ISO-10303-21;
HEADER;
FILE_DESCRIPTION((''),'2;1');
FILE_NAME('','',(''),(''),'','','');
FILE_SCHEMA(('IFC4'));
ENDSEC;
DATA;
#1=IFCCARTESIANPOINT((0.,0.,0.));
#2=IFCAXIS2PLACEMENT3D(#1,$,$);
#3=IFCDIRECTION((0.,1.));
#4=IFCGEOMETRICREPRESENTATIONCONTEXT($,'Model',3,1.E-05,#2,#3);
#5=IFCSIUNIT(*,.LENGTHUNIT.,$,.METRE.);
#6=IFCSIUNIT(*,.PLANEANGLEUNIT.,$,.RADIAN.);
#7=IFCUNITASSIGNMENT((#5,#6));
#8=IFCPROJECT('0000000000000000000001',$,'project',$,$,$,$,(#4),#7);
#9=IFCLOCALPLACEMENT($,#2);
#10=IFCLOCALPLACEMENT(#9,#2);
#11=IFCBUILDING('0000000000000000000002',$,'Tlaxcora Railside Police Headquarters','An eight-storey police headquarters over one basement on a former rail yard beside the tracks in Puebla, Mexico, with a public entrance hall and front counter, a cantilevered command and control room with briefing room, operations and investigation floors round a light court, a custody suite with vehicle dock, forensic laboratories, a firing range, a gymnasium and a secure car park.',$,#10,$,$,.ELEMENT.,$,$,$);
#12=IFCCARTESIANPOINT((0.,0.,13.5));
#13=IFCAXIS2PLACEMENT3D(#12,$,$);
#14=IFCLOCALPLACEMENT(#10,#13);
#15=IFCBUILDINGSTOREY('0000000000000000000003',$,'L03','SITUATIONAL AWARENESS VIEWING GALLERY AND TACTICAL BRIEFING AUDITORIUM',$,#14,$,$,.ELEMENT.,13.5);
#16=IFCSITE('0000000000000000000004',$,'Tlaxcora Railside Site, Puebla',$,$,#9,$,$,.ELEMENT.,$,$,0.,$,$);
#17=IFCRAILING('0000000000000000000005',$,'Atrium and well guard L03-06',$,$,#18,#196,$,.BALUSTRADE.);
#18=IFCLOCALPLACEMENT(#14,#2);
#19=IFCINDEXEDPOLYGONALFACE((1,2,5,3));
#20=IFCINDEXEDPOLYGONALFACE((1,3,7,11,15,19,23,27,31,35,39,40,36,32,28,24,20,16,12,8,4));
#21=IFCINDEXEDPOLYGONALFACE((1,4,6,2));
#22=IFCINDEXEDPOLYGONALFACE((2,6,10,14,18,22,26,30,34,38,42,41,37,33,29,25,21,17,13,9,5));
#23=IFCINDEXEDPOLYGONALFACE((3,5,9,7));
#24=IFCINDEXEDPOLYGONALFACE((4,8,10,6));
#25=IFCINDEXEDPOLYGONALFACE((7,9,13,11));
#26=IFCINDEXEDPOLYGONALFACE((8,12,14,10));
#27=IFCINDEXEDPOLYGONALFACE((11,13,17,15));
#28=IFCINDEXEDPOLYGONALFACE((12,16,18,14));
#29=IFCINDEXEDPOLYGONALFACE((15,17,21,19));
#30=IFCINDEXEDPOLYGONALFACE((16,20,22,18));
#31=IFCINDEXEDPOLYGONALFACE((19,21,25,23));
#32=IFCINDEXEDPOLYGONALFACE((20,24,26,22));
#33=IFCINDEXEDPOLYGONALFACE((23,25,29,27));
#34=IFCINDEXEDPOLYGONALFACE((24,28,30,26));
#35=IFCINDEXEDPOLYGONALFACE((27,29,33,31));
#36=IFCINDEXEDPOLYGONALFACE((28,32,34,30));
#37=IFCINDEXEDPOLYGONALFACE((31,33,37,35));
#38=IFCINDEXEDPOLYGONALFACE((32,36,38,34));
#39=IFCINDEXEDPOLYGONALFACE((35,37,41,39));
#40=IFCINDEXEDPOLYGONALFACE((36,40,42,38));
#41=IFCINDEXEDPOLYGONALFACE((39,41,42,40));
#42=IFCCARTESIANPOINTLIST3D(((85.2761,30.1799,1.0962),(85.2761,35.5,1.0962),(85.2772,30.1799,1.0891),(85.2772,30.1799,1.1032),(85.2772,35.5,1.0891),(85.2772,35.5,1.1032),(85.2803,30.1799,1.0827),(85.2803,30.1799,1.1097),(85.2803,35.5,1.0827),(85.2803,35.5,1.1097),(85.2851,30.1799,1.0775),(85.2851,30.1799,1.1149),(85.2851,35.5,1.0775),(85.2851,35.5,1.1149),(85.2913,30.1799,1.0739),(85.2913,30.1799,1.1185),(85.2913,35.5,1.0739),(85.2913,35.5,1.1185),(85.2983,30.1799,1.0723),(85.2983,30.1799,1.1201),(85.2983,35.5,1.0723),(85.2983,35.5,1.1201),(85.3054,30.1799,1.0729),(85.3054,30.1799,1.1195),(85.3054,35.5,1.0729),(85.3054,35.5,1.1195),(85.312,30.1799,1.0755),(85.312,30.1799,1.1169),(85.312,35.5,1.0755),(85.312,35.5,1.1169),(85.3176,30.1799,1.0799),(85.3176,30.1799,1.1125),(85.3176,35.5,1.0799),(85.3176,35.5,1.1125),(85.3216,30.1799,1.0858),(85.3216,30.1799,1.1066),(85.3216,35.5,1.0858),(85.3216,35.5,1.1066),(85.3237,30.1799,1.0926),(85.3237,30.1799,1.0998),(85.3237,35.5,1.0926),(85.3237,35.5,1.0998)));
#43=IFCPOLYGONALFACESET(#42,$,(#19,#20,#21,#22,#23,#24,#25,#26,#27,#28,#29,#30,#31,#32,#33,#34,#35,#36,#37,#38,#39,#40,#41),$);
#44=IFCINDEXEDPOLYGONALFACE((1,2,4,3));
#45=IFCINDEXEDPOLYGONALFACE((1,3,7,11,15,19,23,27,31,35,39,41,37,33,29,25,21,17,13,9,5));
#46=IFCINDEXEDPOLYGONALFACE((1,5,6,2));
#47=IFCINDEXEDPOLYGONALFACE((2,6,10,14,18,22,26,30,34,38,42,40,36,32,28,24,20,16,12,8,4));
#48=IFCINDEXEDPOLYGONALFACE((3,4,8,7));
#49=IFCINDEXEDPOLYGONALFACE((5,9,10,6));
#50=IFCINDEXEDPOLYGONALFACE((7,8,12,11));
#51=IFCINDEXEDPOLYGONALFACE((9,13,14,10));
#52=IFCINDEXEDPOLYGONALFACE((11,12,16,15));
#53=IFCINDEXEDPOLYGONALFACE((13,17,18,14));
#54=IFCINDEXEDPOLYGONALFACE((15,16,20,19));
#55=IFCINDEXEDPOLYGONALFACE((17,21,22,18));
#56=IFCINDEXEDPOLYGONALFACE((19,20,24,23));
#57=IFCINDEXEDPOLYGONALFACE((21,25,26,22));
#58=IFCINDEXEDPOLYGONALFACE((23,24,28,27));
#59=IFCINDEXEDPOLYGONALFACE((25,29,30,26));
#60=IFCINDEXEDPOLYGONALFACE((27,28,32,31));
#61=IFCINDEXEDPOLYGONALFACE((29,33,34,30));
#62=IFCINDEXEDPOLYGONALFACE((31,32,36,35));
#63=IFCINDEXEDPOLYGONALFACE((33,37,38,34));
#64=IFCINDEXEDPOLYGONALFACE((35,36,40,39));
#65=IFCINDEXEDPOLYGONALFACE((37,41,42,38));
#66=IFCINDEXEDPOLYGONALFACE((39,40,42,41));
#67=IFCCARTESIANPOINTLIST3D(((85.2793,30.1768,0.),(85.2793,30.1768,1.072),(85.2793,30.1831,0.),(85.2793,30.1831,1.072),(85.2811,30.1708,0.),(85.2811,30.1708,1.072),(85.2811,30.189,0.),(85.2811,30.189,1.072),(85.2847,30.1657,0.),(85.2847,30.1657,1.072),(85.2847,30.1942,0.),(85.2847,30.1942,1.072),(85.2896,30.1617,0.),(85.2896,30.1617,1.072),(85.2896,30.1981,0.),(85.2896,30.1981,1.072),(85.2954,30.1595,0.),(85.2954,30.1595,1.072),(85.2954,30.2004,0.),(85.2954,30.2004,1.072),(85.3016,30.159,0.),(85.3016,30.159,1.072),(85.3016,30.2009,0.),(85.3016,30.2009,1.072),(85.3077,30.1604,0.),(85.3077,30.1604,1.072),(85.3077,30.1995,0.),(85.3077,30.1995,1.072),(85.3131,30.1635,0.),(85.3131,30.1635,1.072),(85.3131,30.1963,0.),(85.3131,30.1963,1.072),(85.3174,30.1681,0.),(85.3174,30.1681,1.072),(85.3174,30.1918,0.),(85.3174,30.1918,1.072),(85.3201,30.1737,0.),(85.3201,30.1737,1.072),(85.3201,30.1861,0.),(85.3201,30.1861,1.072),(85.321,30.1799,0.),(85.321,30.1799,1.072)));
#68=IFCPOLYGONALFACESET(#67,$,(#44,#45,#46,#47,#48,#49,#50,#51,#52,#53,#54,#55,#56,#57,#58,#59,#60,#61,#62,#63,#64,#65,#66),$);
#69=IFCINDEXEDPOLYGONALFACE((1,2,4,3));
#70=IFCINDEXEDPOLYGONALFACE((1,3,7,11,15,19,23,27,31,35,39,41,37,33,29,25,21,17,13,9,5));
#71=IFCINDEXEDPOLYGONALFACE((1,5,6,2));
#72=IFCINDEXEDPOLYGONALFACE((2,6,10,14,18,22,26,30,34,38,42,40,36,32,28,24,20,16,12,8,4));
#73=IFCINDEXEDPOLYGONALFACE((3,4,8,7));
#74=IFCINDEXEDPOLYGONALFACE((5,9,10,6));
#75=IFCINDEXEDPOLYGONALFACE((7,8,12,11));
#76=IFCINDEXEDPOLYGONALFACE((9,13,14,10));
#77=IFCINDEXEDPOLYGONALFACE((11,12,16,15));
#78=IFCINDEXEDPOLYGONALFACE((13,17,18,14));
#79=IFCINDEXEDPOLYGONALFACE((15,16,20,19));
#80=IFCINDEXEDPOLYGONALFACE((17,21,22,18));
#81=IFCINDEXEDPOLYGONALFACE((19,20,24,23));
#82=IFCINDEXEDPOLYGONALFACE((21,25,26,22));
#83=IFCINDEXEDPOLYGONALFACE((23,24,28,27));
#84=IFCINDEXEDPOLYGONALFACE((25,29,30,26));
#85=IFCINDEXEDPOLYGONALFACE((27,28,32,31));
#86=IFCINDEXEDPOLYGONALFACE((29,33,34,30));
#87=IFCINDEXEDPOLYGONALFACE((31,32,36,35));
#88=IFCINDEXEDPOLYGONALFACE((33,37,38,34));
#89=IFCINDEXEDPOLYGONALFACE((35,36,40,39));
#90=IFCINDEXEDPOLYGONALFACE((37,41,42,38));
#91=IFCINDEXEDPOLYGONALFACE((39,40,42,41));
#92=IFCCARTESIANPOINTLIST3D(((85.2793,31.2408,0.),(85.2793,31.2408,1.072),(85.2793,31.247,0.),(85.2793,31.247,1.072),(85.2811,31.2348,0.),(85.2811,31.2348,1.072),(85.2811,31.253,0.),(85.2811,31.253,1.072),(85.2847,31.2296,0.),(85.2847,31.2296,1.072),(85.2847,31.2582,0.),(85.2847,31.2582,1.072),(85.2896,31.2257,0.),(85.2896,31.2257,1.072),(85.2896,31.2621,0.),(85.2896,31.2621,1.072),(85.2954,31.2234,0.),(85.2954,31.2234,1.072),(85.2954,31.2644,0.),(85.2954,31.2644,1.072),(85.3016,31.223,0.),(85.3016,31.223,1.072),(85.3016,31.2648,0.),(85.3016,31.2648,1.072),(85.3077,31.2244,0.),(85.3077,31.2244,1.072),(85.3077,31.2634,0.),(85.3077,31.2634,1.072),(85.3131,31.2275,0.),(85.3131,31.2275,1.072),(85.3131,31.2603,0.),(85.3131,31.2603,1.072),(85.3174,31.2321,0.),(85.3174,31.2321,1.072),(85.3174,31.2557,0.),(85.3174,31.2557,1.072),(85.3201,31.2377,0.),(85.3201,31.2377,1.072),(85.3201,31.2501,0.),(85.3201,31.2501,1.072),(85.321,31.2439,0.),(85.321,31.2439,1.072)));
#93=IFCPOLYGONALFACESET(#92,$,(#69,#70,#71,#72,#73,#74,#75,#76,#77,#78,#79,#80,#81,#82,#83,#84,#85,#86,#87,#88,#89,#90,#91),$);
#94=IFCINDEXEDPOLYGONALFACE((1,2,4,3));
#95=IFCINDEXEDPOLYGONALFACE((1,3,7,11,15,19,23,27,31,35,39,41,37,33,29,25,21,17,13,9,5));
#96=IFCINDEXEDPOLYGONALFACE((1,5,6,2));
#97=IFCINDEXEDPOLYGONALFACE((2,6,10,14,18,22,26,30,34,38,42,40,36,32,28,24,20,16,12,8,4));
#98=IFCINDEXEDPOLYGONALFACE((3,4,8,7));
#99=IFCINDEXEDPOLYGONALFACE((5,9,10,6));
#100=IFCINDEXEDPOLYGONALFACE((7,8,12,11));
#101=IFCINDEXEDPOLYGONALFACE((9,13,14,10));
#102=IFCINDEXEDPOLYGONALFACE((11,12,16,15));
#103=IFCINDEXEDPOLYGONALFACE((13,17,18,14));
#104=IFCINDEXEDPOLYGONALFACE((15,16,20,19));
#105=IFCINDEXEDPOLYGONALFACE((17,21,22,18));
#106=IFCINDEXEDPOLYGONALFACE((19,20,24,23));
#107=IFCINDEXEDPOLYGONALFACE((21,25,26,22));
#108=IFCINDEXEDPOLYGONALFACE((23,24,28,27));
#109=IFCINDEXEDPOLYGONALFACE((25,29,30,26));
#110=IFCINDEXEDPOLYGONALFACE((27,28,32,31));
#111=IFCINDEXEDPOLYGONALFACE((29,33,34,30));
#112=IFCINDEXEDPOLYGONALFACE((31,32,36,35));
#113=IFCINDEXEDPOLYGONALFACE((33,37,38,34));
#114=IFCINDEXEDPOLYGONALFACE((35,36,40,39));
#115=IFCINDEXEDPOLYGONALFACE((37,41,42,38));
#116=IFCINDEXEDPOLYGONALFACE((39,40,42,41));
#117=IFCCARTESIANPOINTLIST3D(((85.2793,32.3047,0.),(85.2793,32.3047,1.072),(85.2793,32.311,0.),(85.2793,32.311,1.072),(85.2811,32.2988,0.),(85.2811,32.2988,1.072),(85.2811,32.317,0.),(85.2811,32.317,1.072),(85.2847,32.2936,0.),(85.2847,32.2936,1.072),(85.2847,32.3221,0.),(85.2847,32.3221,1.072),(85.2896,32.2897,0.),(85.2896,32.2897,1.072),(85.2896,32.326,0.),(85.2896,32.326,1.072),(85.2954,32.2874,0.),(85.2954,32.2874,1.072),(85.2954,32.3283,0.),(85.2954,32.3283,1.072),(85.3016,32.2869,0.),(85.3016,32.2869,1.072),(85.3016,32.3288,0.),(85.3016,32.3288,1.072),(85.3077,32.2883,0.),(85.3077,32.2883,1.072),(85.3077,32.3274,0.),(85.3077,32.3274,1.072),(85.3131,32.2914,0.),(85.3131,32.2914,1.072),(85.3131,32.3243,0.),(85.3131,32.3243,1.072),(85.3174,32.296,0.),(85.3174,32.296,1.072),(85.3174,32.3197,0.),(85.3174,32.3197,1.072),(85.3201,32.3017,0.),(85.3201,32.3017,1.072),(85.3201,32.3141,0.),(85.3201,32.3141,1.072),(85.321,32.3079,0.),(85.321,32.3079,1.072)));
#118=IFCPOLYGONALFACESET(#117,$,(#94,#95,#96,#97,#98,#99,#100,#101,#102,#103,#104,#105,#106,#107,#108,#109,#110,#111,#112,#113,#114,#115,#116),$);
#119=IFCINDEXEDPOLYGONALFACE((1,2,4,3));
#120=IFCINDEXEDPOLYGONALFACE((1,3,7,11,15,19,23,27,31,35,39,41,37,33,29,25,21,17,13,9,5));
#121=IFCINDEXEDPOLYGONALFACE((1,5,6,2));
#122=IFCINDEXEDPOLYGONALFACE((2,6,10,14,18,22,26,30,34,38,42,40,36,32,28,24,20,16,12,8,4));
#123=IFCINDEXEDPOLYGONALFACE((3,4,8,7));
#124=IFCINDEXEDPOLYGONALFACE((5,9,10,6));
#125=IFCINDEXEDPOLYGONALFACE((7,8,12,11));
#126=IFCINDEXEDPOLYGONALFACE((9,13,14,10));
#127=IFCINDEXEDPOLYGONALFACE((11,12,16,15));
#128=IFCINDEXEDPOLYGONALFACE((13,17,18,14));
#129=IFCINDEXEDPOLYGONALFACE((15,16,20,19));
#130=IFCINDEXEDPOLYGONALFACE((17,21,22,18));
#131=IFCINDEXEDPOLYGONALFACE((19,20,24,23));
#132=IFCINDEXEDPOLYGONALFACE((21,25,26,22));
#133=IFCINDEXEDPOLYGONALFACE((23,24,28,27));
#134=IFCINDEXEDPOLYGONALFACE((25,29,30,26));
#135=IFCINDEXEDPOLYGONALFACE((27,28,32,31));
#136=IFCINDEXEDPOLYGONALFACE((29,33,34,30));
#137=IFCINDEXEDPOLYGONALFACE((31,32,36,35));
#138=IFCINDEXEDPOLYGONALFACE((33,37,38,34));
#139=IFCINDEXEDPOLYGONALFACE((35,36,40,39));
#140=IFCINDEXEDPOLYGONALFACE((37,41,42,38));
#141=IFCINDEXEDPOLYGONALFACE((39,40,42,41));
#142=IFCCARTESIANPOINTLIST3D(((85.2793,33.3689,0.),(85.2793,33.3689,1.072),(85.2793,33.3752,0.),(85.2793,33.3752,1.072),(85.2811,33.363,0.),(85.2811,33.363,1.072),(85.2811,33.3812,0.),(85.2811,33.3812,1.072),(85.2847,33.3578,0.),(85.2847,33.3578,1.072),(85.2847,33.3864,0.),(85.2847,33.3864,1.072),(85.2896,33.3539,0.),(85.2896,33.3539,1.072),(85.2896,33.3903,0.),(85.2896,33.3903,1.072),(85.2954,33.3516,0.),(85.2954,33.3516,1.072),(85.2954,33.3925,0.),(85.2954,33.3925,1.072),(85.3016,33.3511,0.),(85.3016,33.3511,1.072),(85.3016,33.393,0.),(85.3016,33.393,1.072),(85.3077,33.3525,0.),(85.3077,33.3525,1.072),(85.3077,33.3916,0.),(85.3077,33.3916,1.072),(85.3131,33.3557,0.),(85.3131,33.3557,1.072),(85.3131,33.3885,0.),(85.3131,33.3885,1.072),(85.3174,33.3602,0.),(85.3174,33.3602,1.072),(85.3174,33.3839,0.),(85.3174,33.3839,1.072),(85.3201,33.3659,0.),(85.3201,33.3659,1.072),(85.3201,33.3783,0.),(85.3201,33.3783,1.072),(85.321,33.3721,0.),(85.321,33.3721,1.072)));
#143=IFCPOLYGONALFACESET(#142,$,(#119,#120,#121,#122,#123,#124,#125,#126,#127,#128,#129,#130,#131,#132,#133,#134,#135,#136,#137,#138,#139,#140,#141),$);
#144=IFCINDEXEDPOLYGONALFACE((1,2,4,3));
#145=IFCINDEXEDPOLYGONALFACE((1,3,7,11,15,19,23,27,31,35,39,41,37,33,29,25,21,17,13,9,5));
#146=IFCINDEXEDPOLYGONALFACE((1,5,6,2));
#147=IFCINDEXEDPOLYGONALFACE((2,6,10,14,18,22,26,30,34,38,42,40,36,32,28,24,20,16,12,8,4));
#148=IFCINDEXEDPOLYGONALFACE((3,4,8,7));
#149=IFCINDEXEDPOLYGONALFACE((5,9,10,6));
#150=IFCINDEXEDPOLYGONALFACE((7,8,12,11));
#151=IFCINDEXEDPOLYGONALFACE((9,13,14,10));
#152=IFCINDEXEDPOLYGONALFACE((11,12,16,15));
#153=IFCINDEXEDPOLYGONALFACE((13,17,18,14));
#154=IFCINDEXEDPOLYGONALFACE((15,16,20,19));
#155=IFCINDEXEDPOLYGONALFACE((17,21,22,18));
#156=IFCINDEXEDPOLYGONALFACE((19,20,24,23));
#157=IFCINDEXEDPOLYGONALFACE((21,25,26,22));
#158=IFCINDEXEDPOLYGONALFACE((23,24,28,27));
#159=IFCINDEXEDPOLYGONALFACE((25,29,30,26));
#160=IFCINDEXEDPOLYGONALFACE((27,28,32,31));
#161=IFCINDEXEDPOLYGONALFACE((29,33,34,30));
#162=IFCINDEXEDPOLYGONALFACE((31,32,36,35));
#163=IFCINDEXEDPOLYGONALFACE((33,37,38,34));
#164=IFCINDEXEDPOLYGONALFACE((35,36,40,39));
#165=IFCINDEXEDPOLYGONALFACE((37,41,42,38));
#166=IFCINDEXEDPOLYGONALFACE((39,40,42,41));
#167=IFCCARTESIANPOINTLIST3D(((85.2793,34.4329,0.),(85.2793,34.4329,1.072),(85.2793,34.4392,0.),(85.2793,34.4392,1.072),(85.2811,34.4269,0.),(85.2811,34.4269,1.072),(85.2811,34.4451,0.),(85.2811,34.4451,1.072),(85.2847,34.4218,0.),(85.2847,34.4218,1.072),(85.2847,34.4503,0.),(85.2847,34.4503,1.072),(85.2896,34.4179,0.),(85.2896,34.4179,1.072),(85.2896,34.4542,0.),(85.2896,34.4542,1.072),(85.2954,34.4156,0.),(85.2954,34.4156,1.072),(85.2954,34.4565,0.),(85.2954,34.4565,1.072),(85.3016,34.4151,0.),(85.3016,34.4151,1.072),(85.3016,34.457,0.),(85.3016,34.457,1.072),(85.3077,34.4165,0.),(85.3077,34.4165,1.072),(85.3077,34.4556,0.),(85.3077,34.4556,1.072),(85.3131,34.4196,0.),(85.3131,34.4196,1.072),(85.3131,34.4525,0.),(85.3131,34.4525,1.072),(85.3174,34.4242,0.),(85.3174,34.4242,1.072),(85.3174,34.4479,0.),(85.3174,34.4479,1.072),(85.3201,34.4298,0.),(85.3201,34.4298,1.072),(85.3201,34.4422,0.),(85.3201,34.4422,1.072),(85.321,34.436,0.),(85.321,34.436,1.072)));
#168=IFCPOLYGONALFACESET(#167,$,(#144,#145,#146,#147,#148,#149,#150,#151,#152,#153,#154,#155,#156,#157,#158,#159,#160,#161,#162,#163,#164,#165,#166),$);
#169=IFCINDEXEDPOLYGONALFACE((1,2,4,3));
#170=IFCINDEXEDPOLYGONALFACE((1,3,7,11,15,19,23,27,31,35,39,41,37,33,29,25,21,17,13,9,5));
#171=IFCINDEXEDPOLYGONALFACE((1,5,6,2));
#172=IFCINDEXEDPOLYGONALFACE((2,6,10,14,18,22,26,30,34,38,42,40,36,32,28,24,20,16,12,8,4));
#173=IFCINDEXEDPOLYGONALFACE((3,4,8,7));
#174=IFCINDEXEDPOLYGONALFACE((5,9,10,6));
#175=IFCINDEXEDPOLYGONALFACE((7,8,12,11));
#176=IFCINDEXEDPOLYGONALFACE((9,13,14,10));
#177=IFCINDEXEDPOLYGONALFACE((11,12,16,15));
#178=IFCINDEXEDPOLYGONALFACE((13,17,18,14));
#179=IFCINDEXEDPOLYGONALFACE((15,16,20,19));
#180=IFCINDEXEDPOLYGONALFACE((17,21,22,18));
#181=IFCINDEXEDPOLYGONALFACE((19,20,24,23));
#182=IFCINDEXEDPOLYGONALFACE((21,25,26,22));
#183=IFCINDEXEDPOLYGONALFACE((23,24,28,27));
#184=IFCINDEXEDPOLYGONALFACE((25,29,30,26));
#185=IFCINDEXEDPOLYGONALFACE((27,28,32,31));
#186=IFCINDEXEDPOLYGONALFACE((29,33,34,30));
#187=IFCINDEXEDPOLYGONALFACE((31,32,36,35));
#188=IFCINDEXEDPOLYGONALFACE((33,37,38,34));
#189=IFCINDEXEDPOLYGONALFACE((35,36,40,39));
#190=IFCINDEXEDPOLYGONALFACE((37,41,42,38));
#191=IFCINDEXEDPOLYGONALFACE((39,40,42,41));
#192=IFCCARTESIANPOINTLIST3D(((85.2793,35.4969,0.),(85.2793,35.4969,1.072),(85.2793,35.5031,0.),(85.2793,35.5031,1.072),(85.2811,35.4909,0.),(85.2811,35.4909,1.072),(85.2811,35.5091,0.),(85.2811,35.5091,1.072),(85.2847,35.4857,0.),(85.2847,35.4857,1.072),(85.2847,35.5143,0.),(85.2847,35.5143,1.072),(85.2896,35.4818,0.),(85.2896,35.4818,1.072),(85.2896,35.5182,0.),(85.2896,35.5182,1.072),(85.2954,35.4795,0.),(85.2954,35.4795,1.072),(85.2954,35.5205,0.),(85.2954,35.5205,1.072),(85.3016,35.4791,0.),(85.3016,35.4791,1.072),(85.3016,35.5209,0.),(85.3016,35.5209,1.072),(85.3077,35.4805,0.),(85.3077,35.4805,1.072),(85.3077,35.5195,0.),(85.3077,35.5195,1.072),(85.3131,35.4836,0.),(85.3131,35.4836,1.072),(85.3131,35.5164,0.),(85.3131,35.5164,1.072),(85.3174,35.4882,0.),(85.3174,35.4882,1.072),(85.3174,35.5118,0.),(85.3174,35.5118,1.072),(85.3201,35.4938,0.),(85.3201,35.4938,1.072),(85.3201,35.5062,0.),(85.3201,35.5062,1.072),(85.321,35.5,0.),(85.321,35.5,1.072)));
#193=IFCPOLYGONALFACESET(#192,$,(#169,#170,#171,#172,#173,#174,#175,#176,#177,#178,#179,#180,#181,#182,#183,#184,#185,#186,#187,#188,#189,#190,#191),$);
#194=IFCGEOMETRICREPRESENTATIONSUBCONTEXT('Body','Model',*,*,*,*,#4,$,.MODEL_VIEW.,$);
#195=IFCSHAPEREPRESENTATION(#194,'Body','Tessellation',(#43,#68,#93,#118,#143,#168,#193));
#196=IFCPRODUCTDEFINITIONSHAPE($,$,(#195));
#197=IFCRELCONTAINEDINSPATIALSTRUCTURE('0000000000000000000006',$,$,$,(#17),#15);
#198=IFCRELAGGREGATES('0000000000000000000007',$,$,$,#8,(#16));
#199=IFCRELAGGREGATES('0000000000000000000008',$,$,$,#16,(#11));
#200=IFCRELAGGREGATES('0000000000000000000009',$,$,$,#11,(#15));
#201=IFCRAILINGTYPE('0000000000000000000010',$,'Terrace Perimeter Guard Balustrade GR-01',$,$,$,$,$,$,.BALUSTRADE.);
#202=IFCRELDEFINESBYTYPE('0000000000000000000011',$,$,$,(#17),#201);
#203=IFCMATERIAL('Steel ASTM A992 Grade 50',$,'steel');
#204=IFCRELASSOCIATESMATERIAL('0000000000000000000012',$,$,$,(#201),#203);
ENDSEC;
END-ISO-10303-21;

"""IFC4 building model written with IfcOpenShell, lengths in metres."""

from ifc_helpers import new_model, si_unit, direction, frame, origin, origin_2d, place, context, subcontext, project, spatial, circle, extrude, material, type_object, element, save


model = new_model("IFC4")

# Units and contexts
model_context = context("Model", 3, precision=1e-05, world=origin(), true_north=direction((0.0, 1.0)))
body_context = subcontext(model_context, "Body", "Model", "MODEL_VIEW")
ifc_project = project(units=[si_unit("LENGTHUNIT", "METRE"), si_unit("PLANEANGLEUNIT", "RADIAN")], contexts=[model_context])

# Site, building, storey
site_placement = place(None, origin())
site = spatial("IfcSite", under=ifc_project, at=site_placement, Name="Tlaxcora Railside Site, Puebla", CompositionType="ELEMENT", RefElevation=0.0)
building_placement = place(site_placement, origin())
building = spatial("IfcBuilding", under=site, at=building_placement, Name="Tlaxcora Railside Police Headquarters", Description="An eight-storey police headquarters over one basement on a former rail yard beside the tracks in Puebla, Mexico, with a public entrance hall and front counter, a cantilevered command and control room with briefing room, operations and investigation floors round a light court, a custody suite with vehicle dock, forensic laboratories, a firing range, a gymnasium and a secure car park.", CompositionType="ELEMENT")
storey_placement = place(building_placement, frame((0.0, 0.0, 13.5)))
storey = spatial("IfcBuildingStorey", under=building, at=storey_placement, Name="L03", Description="SITUATIONAL AWARENESS VIEWING GALLERY AND TACTICAL BRIEFING AUDITORIUM", CompositionType="ELEMENT", Elevation=13.5)

# Shared definitions
ifc_material_1 = material(Name="Steel ASTM A992 Grade 50", Category="steel")

# Railing
railing_type = type_object("IfcRailingType", Name="Terrace Perimeter Guard Balustrade GR-01", PredefinedType="BALUSTRADE", material=ifc_material_1)
railing_1_placement = place(storey_placement, frame((85.3, 30.1799, 0.0)))
element("IfcRailing", 1, at=railing_1_placement, inside=storey, type_object=railing_type, Name="Atrium and well guard L03-06", PredefinedType="BALUSTRADE", context=body_context, shape_type="SweptSolid", body=[
    extrude(circle(Radius=0.0239, at=origin_2d()), frame((0.0, 0.0, 1.0962), z_axis=(0.0, 1.0, 0.0), x_axis=(-1.0, 0.0, 0.0)), (0.0, 0.0, 1.0), 5.3201),
    extrude(circle(Radius=0.021, at=origin_2d()), origin(), (0.0, 0.0, 1.0), 1.072),
    extrude(circle(Radius=0.021, at=origin_2d()), frame((0.0, 1.064, 0.0)), (0.0, 0.0, 1.0), 1.072),
    extrude(circle(Radius=0.021, at=origin_2d()), frame((0.0, 2.1279, 0.0)), (0.0, 0.0, 1.0), 1.072),
    extrude(circle(Radius=0.021, at=origin_2d()), frame((0.0, 3.1921, 0.0)), (0.0, 0.0, 1.0), 1.072),
    extrude(circle(Radius=0.021, at=origin_2d()), frame((0.0, 4.2561, 0.0)), (0.0, 0.0, 1.0), 1.072),
    extrude(circle(Radius=0.021, at=origin_2d()), frame((0.0, 5.3201, 0.0)), (0.0, 0.0, 1.0), 1.072),
])

save(model, "model.ifc")
